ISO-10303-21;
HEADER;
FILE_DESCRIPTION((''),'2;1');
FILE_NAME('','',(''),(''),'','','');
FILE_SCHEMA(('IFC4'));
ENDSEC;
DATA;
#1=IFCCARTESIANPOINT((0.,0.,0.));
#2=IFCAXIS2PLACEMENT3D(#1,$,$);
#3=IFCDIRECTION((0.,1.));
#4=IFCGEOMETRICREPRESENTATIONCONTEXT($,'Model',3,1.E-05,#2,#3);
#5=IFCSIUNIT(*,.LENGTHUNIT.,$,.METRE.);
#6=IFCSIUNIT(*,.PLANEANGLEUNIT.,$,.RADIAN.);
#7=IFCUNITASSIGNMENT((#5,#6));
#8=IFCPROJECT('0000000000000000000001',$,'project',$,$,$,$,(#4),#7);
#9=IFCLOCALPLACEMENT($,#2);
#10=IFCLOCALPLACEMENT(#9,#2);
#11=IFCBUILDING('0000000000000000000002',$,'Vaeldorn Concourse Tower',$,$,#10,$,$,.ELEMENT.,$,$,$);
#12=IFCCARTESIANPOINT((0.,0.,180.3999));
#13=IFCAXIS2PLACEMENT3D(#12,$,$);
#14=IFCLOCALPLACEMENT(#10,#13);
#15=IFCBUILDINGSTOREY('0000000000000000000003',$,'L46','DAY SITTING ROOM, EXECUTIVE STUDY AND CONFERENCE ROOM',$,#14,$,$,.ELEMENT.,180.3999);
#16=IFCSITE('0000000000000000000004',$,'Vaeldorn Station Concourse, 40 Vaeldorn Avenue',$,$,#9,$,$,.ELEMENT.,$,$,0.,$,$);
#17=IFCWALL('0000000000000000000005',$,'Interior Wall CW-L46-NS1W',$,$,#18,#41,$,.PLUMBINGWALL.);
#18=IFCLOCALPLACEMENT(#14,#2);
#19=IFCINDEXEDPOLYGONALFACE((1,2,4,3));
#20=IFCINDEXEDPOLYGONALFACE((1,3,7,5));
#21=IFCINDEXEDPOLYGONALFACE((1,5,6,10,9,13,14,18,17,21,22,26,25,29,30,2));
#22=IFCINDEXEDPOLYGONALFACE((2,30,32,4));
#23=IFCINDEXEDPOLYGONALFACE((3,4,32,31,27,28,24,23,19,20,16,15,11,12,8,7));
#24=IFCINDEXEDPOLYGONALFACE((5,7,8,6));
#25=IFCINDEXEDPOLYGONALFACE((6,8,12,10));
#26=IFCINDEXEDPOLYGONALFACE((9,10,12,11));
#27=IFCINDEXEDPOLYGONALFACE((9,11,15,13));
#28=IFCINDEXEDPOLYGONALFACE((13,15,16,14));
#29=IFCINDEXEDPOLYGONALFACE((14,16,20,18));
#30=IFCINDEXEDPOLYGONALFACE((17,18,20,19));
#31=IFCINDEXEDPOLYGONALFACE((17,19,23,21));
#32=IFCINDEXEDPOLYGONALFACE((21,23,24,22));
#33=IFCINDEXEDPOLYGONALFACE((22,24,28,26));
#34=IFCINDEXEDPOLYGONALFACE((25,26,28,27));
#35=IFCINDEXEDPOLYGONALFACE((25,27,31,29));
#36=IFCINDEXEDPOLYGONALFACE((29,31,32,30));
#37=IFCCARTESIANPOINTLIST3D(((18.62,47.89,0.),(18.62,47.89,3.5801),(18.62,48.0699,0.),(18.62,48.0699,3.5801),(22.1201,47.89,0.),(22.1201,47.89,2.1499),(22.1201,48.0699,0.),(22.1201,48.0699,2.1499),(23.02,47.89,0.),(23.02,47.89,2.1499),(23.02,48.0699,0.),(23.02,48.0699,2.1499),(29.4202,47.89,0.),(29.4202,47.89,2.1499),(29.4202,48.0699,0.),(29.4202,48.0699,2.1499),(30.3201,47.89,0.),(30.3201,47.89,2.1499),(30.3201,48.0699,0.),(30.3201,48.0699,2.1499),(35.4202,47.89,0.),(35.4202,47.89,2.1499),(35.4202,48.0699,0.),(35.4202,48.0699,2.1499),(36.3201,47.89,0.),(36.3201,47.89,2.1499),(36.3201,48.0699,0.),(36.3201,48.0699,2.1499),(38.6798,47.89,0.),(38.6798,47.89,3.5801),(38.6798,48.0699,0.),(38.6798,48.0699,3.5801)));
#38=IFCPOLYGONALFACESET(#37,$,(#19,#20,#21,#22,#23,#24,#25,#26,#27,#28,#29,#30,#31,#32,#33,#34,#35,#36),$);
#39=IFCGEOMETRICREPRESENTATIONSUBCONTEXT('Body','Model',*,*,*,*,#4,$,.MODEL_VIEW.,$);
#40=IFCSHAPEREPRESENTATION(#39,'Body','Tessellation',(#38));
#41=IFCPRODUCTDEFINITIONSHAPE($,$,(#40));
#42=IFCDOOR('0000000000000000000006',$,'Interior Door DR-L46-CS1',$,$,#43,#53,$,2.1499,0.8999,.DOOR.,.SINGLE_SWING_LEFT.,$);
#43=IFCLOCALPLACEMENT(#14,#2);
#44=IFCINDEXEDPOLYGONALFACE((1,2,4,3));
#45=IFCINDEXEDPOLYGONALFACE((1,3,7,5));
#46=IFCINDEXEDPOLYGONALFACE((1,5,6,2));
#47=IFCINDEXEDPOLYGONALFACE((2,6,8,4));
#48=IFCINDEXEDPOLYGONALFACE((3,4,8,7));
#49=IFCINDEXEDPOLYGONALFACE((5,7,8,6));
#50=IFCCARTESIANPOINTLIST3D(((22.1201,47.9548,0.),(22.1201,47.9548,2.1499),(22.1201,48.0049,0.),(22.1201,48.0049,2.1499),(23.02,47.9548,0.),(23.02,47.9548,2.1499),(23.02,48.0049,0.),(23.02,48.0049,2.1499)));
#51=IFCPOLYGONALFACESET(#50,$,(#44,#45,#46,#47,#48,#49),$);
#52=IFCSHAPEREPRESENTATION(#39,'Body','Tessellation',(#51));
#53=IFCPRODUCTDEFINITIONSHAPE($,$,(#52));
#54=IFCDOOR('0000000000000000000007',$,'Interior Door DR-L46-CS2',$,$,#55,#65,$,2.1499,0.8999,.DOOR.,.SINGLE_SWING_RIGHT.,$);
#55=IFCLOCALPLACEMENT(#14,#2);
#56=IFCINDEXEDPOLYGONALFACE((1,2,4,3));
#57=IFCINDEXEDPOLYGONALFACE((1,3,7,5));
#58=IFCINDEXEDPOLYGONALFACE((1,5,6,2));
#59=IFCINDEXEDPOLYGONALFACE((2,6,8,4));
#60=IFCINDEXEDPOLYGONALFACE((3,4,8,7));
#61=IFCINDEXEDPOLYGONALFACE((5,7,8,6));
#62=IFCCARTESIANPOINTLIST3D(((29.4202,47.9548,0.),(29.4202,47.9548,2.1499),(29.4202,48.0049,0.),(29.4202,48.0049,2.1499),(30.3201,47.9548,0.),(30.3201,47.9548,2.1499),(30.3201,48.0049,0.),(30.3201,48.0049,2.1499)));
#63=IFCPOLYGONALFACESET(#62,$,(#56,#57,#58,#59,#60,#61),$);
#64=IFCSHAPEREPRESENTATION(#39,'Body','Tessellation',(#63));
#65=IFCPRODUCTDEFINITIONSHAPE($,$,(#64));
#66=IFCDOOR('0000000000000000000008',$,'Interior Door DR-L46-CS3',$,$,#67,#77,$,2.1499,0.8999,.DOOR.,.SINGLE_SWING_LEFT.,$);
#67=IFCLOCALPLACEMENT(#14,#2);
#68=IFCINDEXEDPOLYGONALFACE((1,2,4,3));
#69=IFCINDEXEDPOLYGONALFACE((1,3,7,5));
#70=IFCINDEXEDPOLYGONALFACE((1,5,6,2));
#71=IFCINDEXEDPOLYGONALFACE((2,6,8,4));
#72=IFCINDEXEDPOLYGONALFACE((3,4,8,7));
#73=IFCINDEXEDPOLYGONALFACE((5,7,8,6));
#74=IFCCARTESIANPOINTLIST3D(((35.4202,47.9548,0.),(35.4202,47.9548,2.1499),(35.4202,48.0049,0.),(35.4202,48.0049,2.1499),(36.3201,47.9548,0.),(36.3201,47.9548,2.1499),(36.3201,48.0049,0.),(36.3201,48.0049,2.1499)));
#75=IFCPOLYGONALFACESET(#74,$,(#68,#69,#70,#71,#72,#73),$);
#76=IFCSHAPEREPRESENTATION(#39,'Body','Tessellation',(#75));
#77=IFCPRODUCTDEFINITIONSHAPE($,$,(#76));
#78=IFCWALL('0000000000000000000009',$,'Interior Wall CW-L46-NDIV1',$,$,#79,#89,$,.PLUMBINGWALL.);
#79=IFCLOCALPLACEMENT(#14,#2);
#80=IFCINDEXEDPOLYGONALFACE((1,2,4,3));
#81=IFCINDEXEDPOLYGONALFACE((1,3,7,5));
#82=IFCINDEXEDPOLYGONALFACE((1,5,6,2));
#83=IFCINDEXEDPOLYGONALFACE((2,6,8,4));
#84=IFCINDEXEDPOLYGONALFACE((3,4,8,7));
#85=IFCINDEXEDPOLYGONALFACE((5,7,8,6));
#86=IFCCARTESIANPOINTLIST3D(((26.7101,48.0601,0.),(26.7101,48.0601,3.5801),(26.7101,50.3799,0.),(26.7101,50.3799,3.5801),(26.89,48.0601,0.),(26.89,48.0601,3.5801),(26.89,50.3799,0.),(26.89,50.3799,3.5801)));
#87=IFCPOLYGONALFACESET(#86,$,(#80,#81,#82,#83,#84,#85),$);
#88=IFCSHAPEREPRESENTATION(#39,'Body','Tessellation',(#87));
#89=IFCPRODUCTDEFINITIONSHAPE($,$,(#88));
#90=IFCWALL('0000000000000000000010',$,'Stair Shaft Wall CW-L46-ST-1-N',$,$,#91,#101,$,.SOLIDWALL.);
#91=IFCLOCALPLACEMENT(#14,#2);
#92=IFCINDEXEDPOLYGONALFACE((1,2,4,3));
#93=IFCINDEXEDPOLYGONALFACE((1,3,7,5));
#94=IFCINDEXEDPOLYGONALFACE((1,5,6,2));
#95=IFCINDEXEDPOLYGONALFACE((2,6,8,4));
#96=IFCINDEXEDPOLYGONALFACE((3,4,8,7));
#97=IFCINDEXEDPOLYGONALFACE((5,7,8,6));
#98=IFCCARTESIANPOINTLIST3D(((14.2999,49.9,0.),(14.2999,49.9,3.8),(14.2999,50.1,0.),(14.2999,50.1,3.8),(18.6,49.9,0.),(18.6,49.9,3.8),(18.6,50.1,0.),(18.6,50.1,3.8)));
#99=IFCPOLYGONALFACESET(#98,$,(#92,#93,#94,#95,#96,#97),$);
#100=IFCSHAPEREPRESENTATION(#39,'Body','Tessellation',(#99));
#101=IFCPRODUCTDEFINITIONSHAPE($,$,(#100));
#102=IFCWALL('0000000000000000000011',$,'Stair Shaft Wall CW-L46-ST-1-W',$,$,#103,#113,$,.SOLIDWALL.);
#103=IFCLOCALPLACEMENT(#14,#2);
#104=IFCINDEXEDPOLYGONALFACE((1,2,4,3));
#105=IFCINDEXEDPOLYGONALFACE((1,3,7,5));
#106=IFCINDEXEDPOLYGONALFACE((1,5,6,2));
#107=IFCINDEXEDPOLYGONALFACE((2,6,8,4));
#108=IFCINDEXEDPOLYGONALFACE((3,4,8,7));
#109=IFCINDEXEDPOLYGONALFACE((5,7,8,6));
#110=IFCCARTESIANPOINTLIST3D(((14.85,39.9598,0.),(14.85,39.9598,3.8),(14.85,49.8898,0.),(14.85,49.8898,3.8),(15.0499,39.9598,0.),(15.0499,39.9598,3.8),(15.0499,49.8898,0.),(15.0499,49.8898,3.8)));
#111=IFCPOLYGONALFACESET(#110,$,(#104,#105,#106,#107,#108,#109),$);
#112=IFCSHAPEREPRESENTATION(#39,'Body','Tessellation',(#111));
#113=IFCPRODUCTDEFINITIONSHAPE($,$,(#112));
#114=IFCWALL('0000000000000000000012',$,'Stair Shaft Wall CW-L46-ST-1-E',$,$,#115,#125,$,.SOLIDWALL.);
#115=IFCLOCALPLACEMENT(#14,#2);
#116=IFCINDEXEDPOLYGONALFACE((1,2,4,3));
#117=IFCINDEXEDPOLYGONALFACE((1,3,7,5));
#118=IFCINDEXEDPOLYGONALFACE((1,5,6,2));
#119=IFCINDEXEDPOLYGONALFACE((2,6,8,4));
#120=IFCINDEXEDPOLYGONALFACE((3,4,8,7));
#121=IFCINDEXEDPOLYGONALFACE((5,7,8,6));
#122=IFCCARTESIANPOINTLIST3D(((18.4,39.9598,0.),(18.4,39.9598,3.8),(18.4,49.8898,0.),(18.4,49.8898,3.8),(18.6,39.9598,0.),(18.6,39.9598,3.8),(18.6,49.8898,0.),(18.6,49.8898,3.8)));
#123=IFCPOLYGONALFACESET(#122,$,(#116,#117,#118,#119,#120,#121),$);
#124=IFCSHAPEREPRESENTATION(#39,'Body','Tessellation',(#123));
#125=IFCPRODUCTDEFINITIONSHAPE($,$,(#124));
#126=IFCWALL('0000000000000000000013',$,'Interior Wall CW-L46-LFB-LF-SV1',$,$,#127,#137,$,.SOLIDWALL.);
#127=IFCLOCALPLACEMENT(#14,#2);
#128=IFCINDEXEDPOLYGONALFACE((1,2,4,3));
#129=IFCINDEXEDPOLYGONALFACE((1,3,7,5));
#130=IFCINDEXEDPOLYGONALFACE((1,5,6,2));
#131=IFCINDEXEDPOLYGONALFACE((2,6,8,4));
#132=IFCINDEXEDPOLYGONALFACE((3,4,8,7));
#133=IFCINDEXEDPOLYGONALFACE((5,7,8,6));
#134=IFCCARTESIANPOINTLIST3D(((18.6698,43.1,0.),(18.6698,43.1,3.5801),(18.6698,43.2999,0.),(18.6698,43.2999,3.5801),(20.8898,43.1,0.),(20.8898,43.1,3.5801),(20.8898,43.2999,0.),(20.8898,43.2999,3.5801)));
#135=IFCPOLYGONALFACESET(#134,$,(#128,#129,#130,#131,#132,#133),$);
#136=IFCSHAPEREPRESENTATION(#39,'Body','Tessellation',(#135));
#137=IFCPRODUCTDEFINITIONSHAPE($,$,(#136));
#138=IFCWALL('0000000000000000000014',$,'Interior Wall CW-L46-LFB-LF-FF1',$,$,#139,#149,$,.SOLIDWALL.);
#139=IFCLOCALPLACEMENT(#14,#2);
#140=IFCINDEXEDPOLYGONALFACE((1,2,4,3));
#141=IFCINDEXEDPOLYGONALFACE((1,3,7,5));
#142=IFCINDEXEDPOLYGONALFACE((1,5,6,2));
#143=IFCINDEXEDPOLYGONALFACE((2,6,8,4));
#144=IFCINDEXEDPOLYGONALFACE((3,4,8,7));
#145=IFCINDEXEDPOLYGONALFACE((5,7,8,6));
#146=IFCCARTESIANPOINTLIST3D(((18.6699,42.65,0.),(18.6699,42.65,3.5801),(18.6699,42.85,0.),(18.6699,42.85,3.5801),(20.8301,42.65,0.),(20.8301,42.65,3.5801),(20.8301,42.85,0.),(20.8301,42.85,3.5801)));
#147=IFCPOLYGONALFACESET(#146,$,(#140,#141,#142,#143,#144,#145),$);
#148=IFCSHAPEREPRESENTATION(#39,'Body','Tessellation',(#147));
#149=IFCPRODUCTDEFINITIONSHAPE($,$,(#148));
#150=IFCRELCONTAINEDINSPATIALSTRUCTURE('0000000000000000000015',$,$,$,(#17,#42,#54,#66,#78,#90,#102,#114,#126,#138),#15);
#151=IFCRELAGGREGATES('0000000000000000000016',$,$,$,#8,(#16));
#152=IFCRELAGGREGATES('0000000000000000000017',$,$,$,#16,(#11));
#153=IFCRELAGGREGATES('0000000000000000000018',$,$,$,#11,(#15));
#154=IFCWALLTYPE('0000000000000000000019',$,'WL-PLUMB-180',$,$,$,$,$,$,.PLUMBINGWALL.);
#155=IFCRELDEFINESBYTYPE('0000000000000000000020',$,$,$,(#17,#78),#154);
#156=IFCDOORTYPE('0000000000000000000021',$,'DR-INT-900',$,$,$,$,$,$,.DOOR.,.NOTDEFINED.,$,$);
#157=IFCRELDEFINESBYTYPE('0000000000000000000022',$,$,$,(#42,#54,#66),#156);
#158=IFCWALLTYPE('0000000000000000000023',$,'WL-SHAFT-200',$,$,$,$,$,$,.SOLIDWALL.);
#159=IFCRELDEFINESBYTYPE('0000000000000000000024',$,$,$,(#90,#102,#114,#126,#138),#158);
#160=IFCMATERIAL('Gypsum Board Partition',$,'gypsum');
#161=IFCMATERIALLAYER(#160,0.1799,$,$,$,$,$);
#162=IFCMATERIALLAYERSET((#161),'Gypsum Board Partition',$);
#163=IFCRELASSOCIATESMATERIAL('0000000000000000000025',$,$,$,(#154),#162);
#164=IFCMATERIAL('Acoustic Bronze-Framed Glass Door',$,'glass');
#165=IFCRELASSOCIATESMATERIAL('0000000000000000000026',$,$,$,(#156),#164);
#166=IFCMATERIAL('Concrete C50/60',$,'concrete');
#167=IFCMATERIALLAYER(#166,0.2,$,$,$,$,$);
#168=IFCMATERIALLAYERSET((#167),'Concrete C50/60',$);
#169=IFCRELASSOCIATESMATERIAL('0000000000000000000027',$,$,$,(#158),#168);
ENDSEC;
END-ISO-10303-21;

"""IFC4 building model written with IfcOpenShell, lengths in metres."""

from ifc_helpers import new_model, si_unit, direction, frame, frame_2d, origin, place, context, subcontext, project, spatial, rectangle, extrude, source, transform, mapped, material, layer, layer_set, type_object, element, fill, save


model = new_model("IFC4")

# Units and contexts
model_context = context("Model", 3, precision=1e-05, world=origin(), true_north=direction((0.0, 1.0)))
body_context = subcontext(model_context, "Body", "Model", "MODEL_VIEW")
ifc_project = project(units=[si_unit("LENGTHUNIT", "METRE"), si_unit("PLANEANGLEUNIT", "RADIAN")], contexts=[model_context])

# Site, building, storey
site_placement = place(None, origin())
site = spatial("IfcSite", under=ifc_project, at=site_placement, Name="Vaeldorn Station Concourse, 40 Vaeldorn Avenue", CompositionType="ELEMENT", RefElevation=0.0)
building_placement = place(site_placement, origin())
building = spatial("IfcBuilding", under=site, at=building_placement, Name="Vaeldorn Concourse Tower", CompositionType="ELEMENT")
storey_placement = place(building_placement, frame((0.0, 0.0, 180.3999)))
storey = spatial("IfcBuildingStorey", under=building, at=storey_placement, Name="L46", Description="DAY SITTING ROOM, EXECUTIVE STUDY AND CONFERENCE ROOM", CompositionType="ELEMENT", Elevation=180.3999)

# Shared definitions
ifc_material_1 = material(Name="Concrete C50/60", Category="concrete")
ifc_material_2 = material(Name="Gypsum Board Partition", Category="gypsum")

# Wall, openings, doors
ifc_layer_1 = layer(ifc_material_2, 0.1799)
ifc_layer_set_1 = layer_set([ifc_layer_1], Name="Gypsum Board Partition")
wall_type_1 = type_object("IfcWallType", Name="WL-PLUMB-180", PredefinedType="PLUMBINGWALL", material=ifc_layer_set_1)
wall_1_placement = place(storey_placement, frame((18.6201, 47.98, 0.0), z_axis=(0.0, 0.0, 1.0), x_axis=(1.0, 0.0, 0.0)))
wall_1 = element("IfcWall", 1, at=wall_1_placement, inside=storey, type_object=wall_type_1, Name="Interior Wall CW-L46-NS1W", PredefinedType="PLUMBINGWALL", context=body_context, shape_type="SweptSolid", body=[
    extrude(rectangle(XDim=20.0598, YDim=0.1799, at=frame_2d((10.0298, 0.0))), origin(), (0.0, 0.0, 1.0), 3.5801),
])
opening_1_placement = place(wall_1_placement, frame((3.5, 0.0, 0.0)))
opening_1 = element("IfcOpeningElement", 2, at=opening_1_placement, cuts=wall_1, PredefinedType="OPENING", context=body_context, shape_type="SweptSolid", body=[
    extrude(rectangle(XDim=0.8999, YDim=2.1499, at=frame_2d((0.45, 1.075))), frame((0.0, 0.1001, 0.0), z_axis=(0.0, -1.0, 0.0), x_axis=(1.0, 0.0, 0.0)), (0.0, 0.0, 1.0), 0.2),
])
opening_2_placement = place(wall_1_placement, frame((10.8, 0.0, 0.0)))
opening_2 = element("IfcOpeningElement", 3, at=opening_2_placement, cuts=wall_1, PredefinedType="OPENING", context=body_context, shape_type="SweptSolid", body=[
    extrude(rectangle(XDim=0.8999, YDim=2.1499, at=frame_2d((0.45, 1.075))), frame((0.0, 0.1001, 0.0), z_axis=(0.0, -1.0, 0.0), x_axis=(1.0, 0.0, 0.0)), (0.0, 0.0, 1.0), 0.2),
])
opening_3_placement = place(wall_1_placement, frame((16.8, 0.0, 0.0)))
opening_3 = element("IfcOpeningElement", 4, at=opening_3_placement, cuts=wall_1, PredefinedType="OPENING", context=body_context, shape_type="SweptSolid", body=[
    extrude(rectangle(XDim=0.8999, YDim=2.1499, at=frame_2d((0.45, 1.075))), frame((0.0, 0.1001, 0.0), z_axis=(0.0, -1.0, 0.0), x_axis=(1.0, 0.0, 0.0)), (0.0, 0.0, 1.0), 0.2),
])
ifc_material_3 = material(Name="Acoustic Bronze-Framed Glass Door", Category="glass")
door_type_1 = type_object("IfcDoorType", Name="DR-INT-900", OperationType="NOTDEFINED", PredefinedType="DOOR", material=ifc_material_3)
shared_shape_1 = source(origin(), body_context, "Body", "SweptSolid", [
    extrude(rectangle(XDim=0.8999, YDim=2.1499, at=frame_2d((0.45, 1.075))), frame((0.0, 0.0249, 0.0), z_axis=(0.0, -1.0, 0.0), x_axis=(1.0, 0.0, 0.0)), (0.0, 0.0, 1.0), 0.05),
])
door_1_placement = place(opening_1_placement, origin())
door_1 = element("IfcDoor", 5, at=door_1_placement, inside=storey, type_object=door_type_1, Name="Interior Door DR-L46-CS1", OperationType="SINGLE_SWING_LEFT", OverallHeight=2.1499, OverallWidth=0.8999, PredefinedType="DOOR", context=body_context, shape_type="MappedRepresentation", body=[
    mapped(shared_shape_1, transform((0.0, 0.0, 0.0), scale=1.0)),
])
fill(opening_1, door_1)
door_2_placement = place(opening_2_placement, origin())
door_2 = element("IfcDoor", 6, at=door_2_placement, inside=storey, type_object=door_type_1, Name="Interior Door DR-L46-CS2", OperationType="SINGLE_SWING_RIGHT", OverallHeight=2.1499, OverallWidth=0.8999, PredefinedType="DOOR", context=body_context, shape_type="MappedRepresentation", body=[
    mapped(shared_shape_1, transform((0.0, 0.0, 0.0), scale=1.0)),
])
fill(opening_2, door_2)
door_3_placement = place(opening_3_placement, origin())
door_3 = element("IfcDoor", 7, at=door_3_placement, inside=storey, type_object=door_type_1, Name="Interior Door DR-L46-CS3", OperationType="SINGLE_SWING_LEFT", OverallHeight=2.1499, OverallWidth=0.8999, PredefinedType="DOOR", context=body_context, shape_type="MappedRepresentation", body=[
    mapped(shared_shape_1, transform((0.0, 0.0, 0.0), scale=1.0)),
])
fill(opening_3, door_3)

# Walls
wall_2_placement = place(storey_placement, frame((26.8, 48.0601, 0.0), z_axis=(0.0, 0.0, 1.0), x_axis=(0.0, 1.0, 0.0)))
element("IfcWall", 8, at=wall_2_placement, inside=storey, type_object=wall_type_1, Name="Interior Wall CW-L46-NDIV1", PredefinedType="PLUMBINGWALL", context=body_context, shape_type="SweptSolid", body=[
    extrude(rectangle(XDim=2.3198, YDim=0.1799, at=frame_2d((1.1599, 0.0))), origin(), (0.0, 0.0, 1.0), 3.5801),
])
ifc_layer_2 = layer(ifc_material_1, 0.2)
ifc_layer_set_2 = layer_set([ifc_layer_2], Name="Concrete C50/60")
wall_type_2 = type_object("IfcWallType", Name="WL-SHAFT-200", PredefinedType="SOLIDWALL", material=ifc_layer_set_2)
wall_3_placement = place(storey_placement, frame((14.3, 50.0, 0.0), z_axis=(0.0, 0.0, 1.0), x_axis=(1.0, 0.0, 0.0)))
element("IfcWall", 9, at=wall_3_placement, inside=storey, type_object=wall_type_2, Name="Stair Shaft Wall CW-L46-ST-1-N", PredefinedType="SOLIDWALL", context=body_context, shape_type="SweptSolid", body=[
    extrude(rectangle(XDim=4.3, YDim=0.2, at=frame_2d((2.1499, 0.0))), origin(), (0.0, 0.0, 1.0), 3.8),
])
for number, where, z_axis, x_axis, name in (
    (10, (14.95, 39.96, 0.0), (0.0, 0.0, 1.0), (0.0, 1.0, 0.0), "Stair Shaft Wall CW-L46-ST-1-W"),
    (11, (18.5, 39.96, 0.0), (0.0, 0.0, 1.0), (0.0, 1.0, 0.0), "Stair Shaft Wall CW-L46-ST-1-E"),
):
    element("IfcWall", number, at=place(storey_placement, frame(where, z_axis=z_axis, x_axis=x_axis)), inside=storey, type_object=wall_type_2, Name=name, PredefinedType="SOLIDWALL", context=body_context, shape_type="SweptSolid", body=[
        extrude(rectangle(XDim=9.9299, YDim=0.2, at=frame_2d((4.9648, 0.0))), origin(), (0.0, 0.0, 1.0), 3.8),
    ])

# Walls
wall_4_placement = place(storey_placement, frame((18.6699, 43.2, 0.0), z_axis=(0.0, 0.0, 1.0), x_axis=(1.0, 0.0, 0.0)))
element("IfcWall", 12, at=wall_4_placement, inside=storey, type_object=wall_type_2, Name="Interior Wall CW-L46-LFB-LF-SV1", PredefinedType="SOLIDWALL", context=body_context, shape_type="SweptSolid", body=[
    extrude(rectangle(XDim=2.22, YDim=0.2, at=frame_2d((1.1099, 0.0))), origin(), (0.0, 0.0, 1.0), 3.5801),
])
wall_5_placement = place(storey_placement, frame((18.6699, 42.75, 0.0), z_axis=(0.0, 0.0, 1.0), x_axis=(1.0, 0.0, 0.0)))
element("IfcWall", 13, at=wall_5_placement, inside=storey, type_object=wall_type_2, Name="Interior Wall CW-L46-LFB-LF-FF1", PredefinedType="SOLIDWALL", context=body_context, shape_type="SweptSolid", body=[
    extrude(rectangle(XDim=2.1602, YDim=0.2, at=frame_2d((1.0801, 0.0))), origin(), (0.0, 0.0, 1.0), 3.5801),
])

save(model, "model.ifc")
